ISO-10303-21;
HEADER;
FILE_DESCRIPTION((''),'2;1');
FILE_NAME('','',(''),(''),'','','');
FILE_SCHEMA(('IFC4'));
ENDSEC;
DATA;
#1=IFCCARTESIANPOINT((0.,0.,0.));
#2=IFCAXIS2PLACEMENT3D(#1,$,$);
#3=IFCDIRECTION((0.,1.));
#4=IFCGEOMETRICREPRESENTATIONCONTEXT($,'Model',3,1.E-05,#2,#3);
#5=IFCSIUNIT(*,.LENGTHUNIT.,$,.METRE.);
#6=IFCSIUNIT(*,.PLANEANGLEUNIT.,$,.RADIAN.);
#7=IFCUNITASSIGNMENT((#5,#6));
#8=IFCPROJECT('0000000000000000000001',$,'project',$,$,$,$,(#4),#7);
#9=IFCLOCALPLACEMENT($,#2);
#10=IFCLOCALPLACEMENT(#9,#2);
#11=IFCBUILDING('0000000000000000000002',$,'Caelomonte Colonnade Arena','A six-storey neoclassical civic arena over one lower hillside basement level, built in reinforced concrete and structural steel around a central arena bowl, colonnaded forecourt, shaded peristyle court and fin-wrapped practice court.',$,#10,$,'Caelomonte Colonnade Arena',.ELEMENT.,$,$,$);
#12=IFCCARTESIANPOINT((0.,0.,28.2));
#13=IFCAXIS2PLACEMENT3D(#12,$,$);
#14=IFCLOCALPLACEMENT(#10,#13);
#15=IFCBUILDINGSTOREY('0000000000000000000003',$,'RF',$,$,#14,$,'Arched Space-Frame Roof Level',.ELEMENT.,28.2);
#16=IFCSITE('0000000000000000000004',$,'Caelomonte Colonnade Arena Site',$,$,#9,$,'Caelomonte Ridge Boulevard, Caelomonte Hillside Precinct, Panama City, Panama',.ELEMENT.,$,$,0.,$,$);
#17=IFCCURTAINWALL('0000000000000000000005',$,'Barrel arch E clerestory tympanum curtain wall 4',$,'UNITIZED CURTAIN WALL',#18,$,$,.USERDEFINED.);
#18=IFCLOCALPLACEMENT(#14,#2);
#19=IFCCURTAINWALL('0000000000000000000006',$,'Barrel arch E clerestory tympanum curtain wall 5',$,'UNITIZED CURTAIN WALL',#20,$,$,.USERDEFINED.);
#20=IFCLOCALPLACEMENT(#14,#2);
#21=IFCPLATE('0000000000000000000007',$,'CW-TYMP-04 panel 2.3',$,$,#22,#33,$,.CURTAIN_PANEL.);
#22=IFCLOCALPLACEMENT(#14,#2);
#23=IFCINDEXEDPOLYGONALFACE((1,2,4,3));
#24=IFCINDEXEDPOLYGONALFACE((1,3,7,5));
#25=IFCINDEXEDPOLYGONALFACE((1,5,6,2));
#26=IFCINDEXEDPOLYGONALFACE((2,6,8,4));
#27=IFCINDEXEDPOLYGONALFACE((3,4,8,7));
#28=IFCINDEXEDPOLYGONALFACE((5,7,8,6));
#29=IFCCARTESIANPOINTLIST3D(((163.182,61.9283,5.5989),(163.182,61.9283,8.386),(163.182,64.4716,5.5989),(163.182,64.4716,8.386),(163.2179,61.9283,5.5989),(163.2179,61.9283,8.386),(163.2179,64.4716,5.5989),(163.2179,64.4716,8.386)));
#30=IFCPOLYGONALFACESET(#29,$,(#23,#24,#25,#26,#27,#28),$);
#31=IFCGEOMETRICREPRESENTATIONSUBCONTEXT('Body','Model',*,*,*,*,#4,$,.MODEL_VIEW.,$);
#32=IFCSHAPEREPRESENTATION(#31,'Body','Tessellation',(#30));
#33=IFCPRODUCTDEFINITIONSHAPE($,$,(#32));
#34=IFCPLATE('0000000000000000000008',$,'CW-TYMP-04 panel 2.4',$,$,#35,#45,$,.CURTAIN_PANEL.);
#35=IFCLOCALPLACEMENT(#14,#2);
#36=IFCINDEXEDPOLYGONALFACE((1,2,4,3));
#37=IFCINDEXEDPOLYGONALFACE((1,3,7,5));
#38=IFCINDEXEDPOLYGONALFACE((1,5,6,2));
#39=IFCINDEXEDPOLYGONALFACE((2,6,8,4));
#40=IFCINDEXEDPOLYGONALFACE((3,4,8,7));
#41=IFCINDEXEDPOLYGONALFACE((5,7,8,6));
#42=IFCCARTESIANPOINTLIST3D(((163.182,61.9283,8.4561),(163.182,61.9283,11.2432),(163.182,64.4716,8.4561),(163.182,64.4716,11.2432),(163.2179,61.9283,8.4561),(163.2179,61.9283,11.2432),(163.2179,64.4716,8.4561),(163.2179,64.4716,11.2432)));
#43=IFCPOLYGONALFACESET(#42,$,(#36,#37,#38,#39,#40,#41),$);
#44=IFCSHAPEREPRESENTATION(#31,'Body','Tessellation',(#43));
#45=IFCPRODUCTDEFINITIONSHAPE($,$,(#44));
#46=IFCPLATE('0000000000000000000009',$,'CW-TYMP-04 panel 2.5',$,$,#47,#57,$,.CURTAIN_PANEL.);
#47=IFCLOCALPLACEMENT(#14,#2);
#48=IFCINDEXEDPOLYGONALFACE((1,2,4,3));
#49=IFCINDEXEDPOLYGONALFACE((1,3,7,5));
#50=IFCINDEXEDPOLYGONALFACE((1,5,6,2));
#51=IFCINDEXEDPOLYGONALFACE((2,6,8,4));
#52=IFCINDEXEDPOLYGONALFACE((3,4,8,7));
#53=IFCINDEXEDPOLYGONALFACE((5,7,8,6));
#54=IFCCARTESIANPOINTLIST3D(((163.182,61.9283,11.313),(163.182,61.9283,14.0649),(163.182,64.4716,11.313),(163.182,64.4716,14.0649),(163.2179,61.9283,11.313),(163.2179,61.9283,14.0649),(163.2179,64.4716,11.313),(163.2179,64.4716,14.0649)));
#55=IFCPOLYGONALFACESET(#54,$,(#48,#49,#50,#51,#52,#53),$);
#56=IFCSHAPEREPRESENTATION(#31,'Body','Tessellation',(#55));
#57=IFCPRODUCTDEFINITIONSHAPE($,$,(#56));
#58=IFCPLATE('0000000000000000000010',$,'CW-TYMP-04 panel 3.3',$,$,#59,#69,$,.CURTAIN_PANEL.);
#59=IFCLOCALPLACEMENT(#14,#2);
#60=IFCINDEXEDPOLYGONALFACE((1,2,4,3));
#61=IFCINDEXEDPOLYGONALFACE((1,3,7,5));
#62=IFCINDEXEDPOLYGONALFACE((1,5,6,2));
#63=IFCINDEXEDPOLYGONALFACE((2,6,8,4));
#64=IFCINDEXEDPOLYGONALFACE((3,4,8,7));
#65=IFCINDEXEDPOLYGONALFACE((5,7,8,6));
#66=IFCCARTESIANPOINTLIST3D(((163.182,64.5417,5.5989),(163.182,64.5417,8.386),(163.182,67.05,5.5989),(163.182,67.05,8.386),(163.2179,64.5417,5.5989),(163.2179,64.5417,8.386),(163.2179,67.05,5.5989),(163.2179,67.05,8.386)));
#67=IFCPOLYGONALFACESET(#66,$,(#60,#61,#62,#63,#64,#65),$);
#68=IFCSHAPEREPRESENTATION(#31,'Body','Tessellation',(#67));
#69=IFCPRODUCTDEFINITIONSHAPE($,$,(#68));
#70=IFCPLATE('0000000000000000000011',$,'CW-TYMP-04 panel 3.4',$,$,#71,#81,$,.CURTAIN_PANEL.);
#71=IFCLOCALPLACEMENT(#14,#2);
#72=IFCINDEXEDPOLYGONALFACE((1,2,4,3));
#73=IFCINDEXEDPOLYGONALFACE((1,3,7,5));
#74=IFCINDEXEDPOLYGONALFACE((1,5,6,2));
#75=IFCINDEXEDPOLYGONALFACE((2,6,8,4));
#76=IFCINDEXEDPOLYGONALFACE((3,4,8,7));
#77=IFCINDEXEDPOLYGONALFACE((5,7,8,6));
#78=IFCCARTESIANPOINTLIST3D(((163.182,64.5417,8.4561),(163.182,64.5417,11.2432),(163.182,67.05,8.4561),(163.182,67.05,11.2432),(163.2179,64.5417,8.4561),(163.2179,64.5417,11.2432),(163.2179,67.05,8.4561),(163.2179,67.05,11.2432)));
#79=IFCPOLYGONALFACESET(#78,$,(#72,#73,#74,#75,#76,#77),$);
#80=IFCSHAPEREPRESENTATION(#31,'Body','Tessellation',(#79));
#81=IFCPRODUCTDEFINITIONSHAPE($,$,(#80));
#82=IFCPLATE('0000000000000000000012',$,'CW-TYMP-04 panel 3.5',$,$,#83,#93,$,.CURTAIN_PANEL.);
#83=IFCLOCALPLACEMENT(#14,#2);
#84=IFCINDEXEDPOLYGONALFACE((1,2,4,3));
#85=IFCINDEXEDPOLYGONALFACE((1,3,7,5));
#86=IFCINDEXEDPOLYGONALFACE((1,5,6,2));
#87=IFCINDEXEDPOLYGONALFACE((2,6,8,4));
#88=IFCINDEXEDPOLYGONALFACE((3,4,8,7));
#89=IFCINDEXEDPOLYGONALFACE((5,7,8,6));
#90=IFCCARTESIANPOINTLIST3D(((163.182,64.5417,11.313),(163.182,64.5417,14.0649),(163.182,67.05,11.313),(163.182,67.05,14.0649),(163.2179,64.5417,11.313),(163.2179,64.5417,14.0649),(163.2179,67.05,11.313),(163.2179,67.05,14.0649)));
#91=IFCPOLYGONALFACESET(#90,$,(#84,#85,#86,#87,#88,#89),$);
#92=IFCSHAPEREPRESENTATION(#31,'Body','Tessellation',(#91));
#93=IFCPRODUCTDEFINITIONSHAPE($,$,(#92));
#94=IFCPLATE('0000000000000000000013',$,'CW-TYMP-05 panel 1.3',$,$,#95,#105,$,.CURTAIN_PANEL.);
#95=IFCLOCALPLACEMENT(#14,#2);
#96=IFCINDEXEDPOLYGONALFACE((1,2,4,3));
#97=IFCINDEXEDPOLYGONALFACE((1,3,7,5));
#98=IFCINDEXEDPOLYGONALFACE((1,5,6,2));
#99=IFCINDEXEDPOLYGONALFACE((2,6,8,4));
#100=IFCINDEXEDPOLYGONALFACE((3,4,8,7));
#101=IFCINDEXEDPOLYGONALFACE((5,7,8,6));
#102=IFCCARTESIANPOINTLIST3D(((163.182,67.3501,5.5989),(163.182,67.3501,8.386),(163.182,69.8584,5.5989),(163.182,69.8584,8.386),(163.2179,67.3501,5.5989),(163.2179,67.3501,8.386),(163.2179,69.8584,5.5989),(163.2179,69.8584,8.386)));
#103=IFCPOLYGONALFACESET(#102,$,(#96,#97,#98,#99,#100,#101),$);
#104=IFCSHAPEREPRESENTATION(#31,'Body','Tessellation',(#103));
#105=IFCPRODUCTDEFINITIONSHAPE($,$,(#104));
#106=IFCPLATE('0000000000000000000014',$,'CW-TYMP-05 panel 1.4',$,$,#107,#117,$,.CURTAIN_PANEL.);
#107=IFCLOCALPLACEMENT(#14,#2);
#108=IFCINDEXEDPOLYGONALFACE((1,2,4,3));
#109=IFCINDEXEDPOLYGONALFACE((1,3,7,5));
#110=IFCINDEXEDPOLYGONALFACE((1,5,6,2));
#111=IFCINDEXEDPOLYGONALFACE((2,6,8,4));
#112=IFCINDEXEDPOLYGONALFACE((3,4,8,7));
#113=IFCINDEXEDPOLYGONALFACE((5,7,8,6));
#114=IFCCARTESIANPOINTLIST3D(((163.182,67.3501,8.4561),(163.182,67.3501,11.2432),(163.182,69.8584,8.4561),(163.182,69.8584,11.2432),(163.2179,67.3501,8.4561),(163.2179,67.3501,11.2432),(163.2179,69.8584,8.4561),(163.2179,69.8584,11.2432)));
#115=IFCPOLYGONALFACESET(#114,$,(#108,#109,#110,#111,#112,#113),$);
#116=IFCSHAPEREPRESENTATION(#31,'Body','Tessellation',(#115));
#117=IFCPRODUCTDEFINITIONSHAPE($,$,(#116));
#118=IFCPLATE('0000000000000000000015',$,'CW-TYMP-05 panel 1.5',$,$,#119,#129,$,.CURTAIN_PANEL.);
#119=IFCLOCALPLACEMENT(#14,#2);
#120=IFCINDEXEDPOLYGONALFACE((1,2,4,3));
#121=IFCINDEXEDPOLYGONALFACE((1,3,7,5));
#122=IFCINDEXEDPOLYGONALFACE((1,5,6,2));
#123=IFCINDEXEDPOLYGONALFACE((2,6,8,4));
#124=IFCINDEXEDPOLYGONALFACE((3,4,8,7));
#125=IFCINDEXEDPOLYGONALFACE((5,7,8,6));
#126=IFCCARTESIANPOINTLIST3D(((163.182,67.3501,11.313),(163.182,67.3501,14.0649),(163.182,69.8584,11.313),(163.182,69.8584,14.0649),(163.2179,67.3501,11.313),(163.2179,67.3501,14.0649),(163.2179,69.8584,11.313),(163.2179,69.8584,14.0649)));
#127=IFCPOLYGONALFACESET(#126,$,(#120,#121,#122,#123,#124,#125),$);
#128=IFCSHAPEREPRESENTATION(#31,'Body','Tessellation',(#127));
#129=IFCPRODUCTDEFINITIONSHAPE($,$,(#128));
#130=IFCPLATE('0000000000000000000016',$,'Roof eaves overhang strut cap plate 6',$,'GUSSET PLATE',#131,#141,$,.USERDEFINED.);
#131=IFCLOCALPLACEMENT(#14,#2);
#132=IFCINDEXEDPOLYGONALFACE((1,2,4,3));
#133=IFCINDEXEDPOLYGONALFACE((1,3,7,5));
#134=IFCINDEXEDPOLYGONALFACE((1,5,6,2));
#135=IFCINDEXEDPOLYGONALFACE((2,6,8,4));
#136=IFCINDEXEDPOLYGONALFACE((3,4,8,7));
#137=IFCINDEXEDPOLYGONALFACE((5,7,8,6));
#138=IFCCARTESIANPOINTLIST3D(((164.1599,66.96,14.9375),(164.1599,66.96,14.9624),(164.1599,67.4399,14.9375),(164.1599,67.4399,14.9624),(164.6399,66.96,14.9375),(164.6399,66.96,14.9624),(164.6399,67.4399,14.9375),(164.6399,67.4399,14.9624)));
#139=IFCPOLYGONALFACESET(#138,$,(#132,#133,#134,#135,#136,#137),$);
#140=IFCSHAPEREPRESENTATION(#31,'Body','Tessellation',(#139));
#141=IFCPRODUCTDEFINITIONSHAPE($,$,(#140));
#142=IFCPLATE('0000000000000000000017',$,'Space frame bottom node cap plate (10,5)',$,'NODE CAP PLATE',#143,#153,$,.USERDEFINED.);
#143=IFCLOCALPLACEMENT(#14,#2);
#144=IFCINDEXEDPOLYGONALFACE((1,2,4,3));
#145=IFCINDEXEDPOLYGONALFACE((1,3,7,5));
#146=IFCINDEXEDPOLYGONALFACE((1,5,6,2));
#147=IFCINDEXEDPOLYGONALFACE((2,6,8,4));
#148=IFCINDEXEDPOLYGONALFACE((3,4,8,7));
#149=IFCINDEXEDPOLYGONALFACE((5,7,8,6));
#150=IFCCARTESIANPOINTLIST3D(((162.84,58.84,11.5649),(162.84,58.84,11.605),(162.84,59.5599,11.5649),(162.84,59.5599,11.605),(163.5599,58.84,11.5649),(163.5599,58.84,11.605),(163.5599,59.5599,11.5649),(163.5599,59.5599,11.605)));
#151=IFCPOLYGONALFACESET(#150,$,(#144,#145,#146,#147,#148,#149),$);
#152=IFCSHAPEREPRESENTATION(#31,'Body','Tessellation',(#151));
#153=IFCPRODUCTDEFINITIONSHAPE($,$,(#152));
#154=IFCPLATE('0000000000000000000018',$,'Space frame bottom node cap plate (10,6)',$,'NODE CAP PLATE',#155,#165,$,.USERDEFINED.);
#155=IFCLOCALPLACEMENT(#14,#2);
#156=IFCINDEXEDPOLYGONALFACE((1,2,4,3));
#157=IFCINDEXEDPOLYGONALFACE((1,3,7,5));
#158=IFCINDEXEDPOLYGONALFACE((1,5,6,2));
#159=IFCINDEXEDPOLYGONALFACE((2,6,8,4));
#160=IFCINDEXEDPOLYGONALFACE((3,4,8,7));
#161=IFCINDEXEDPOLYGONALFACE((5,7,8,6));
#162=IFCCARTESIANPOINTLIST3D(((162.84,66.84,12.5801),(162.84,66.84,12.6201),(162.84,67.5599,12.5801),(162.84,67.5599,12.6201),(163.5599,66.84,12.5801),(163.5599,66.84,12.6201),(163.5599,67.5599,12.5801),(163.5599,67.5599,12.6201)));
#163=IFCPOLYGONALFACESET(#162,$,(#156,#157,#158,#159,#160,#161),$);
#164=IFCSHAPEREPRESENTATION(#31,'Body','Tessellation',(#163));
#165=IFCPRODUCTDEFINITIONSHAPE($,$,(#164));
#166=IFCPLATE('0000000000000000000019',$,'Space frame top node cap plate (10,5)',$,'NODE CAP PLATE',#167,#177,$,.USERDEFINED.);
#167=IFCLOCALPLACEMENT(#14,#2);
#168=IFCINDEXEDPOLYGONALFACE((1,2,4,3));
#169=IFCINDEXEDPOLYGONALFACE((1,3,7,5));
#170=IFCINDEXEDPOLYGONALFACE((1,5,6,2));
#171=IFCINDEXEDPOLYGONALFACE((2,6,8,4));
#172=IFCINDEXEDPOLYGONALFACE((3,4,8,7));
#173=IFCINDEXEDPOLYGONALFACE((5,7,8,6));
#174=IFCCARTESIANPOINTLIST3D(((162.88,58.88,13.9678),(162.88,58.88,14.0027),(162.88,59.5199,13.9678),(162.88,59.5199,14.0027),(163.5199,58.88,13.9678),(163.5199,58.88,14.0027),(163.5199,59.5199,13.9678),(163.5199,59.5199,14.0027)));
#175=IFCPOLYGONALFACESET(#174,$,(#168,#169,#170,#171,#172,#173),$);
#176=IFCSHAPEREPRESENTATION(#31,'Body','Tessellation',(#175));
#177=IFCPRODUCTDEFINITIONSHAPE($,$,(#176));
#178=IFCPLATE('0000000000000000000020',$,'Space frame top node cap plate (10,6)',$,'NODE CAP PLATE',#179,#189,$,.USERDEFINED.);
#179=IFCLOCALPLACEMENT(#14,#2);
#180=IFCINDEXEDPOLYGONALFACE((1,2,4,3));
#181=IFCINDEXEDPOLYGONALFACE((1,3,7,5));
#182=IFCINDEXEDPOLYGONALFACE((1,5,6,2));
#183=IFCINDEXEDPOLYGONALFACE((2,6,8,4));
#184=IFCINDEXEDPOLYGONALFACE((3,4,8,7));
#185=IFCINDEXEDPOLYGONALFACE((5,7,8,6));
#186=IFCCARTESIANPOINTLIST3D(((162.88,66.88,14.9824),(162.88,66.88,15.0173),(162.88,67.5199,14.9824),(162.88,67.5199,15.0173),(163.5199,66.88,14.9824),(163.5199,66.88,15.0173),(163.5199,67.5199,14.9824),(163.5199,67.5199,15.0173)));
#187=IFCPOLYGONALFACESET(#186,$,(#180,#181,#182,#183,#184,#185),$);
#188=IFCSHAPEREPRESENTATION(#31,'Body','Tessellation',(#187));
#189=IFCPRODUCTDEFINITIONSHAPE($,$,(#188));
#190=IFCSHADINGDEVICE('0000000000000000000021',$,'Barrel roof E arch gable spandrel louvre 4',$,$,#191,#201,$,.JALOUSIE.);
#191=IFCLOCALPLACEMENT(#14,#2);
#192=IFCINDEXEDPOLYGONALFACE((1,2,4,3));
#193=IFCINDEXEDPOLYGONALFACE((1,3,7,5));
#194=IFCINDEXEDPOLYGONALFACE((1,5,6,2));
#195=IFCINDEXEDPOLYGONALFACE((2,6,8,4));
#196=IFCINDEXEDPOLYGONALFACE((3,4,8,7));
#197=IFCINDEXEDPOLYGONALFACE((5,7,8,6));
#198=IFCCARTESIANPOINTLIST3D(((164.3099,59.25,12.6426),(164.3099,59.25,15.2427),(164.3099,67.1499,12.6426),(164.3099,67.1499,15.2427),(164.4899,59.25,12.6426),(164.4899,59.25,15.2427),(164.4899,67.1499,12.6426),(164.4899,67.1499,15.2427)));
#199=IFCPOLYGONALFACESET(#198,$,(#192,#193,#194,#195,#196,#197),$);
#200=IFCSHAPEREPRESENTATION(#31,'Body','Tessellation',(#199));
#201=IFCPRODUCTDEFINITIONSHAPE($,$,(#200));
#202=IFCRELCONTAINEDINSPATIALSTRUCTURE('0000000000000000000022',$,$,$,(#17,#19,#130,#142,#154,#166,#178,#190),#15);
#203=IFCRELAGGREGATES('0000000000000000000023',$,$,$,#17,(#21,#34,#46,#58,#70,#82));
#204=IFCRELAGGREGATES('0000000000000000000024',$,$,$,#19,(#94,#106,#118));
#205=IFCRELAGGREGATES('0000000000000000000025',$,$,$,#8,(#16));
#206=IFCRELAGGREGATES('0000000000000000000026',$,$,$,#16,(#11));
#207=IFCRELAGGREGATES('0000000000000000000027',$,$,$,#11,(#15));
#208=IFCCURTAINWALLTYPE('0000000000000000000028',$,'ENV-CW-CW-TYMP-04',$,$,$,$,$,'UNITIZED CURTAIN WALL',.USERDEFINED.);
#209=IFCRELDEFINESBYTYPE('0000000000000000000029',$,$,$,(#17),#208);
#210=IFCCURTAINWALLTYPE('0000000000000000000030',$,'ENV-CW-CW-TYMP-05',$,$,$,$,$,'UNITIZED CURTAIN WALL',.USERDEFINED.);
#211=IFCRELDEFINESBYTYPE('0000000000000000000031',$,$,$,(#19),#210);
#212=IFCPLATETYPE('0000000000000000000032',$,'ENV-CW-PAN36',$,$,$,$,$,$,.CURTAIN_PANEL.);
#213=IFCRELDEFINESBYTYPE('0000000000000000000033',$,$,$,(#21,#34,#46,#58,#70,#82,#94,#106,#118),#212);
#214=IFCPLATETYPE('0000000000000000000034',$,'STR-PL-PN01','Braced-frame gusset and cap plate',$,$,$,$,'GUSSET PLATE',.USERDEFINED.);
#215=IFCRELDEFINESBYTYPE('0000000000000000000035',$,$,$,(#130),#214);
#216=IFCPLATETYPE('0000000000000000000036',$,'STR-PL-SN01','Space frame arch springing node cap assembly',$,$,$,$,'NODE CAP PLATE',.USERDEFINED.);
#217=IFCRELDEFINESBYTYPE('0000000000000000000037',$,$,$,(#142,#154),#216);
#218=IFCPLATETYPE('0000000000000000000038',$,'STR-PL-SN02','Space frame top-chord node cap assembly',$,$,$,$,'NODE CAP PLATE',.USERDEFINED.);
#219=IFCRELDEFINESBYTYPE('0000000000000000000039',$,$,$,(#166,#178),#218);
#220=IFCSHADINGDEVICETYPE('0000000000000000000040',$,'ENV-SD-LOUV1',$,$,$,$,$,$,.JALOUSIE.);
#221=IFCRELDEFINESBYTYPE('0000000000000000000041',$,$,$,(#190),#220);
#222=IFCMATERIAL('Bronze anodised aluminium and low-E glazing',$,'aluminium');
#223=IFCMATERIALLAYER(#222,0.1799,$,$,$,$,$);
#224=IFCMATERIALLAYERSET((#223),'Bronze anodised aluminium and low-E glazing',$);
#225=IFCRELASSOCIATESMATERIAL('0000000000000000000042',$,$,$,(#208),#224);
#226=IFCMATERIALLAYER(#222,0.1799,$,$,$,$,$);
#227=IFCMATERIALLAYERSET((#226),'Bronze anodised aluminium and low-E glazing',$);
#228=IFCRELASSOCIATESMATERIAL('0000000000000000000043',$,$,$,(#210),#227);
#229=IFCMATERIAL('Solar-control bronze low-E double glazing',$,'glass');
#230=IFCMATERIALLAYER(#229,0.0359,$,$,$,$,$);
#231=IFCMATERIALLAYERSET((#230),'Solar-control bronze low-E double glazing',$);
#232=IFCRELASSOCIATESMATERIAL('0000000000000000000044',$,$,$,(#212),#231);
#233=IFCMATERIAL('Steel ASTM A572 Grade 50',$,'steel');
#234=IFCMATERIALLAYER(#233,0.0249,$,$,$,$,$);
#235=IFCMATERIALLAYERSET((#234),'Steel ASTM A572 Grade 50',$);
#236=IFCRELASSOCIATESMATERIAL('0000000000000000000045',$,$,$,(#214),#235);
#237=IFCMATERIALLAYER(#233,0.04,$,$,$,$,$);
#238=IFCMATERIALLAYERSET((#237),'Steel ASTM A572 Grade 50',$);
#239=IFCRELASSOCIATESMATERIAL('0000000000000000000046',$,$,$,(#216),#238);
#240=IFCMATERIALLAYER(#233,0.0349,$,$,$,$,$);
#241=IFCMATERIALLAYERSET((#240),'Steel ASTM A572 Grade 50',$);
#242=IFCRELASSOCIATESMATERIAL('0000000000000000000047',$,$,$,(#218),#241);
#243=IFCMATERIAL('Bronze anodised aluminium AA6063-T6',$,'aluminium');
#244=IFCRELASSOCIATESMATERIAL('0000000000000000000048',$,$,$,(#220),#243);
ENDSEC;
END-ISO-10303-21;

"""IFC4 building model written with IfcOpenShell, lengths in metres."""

from ifc_helpers import new_model, si_unit, direction, frame, origin, origin_2d, place, context, subcontext, project, spatial, rectangle, extrude, material, layer, layer_set, type_object, element, aggregate, save


model = new_model("IFC4")

# Units and contexts
model_context = context("Model", 3, precision=1e-05, world=origin(), true_north=direction((0.0, 1.0)))
body_context = subcontext(model_context, "Body", "Model", "MODEL_VIEW")
ifc_project = project(units=[si_unit("LENGTHUNIT", "METRE"), si_unit("PLANEANGLEUNIT", "RADIAN")], contexts=[model_context])

# Site, building, storey
site_placement = place(None, origin())
site = spatial("IfcSite", under=ifc_project, at=site_placement, Name="Caelomonte Colonnade Arena Site", LongName="Caelomonte Ridge Boulevard, Caelomonte Hillside Precinct, Panama City, Panama", CompositionType="ELEMENT", RefElevation=0.0)
building_placement = place(site_placement, origin())
building = spatial("IfcBuilding", under=site, at=building_placement, Name="Caelomonte Colonnade Arena", Description="A six-storey neoclassical civic arena over one lower hillside basement level, built in reinforced concrete and structural steel around a central arena bowl, colonnaded forecourt, shaded peristyle court and fin-wrapped practice court.", LongName="Caelomonte Colonnade Arena", CompositionType="ELEMENT")
storey_placement = place(building_placement, frame((0.0, 0.0, 28.2)))
storey = spatial("IfcBuildingStorey", under=building, at=storey_placement, Name="RF", LongName="Arched Space-Frame Roof Level", CompositionType="ELEMENT", Elevation=28.2)

# Curtain walls
ifc_material_1 = material(Name="Bronze anodised aluminium and low-E glazing", Category="aluminium")
ifc_layer_1 = layer(ifc_material_1, 0.1799)
ifc_layer_set_1 = layer_set([ifc_layer_1], Name="Bronze anodised aluminium and low-E glazing")
curtain_wall_type_1 = type_object("IfcCurtainWallType", Name="ENV-CW-CW-TYMP-04", ElementType="UNITIZED CURTAIN WALL", PredefinedType="USERDEFINED", material=ifc_layer_set_1)
curtain_wall_1_placement = place(storey_placement, origin())
curtain_wall_1 = element("IfcCurtainWall", 1, at=curtain_wall_1_placement, inside=storey, type_object=curtain_wall_type_1, Name="Barrel arch E clerestory tympanum curtain wall 4", ObjectType="UNITIZED CURTAIN WALL", PredefinedType="USERDEFINED")
ifc_material_2 = material(Name="Bronze anodised aluminium AA6063-T6", Category="aluminium")
ifc_layer_2 = layer(ifc_material_1, 0.1799)
ifc_layer_set_2 = layer_set([ifc_layer_2], Name="Bronze anodised aluminium and low-E glazing")
curtain_wall_type_2 = type_object("IfcCurtainWallType", Name="ENV-CW-CW-TYMP-05", ElementType="UNITIZED CURTAIN WALL", PredefinedType="USERDEFINED", material=ifc_layer_set_2)
curtain_wall_2_placement = place(storey_placement, origin())
curtain_wall_2 = element("IfcCurtainWall", 2, at=curtain_wall_2_placement, inside=storey, type_object=curtain_wall_type_2, Name="Barrel arch E clerestory tympanum curtain wall 5", ObjectType="UNITIZED CURTAIN WALL", PredefinedType="USERDEFINED")

# Plates
ifc_material_3 = material(Name="Solar-control bronze low-E double glazing", Category="glass")
ifc_layer_3 = layer(ifc_material_3, 0.0359)
ifc_layer_set_3 = layer_set([ifc_layer_3], Name="Solar-control bronze low-E double glazing")
plate_type_1 = type_object("IfcPlateType", Name="ENV-CW-PAN36", PredefinedType="CURTAIN_PANEL", material=ifc_layer_set_3)
plate_1_placement = place(storey_placement, frame((163.2, 63.2, 5.5989), z_axis=(0.0, 0.0, 1.0), x_axis=(0.0, 1.0, 0.0)))
plate_1 = element("IfcPlate", 3, at=plate_1_placement, type_object=plate_type_1, Name="CW-TYMP-04 panel 2.3", PredefinedType="CURTAIN_PANEL", context=body_context, shape_type="SweptSolid", body=[
    extrude(rectangle(XDim=2.5432, YDim=0.0359, at=origin_2d()), origin(), (0.0, 0.0, 1.0), 2.7871),
])
plate_2_placement = place(storey_placement, frame((163.2, 63.2, 8.4561), z_axis=(0.0, 0.0, 1.0), x_axis=(0.0, 1.0, 0.0)))
plate_2 = element("IfcPlate", 4, at=plate_2_placement, type_object=plate_type_1, Name="CW-TYMP-04 panel 2.4", PredefinedType="CURTAIN_PANEL", context=body_context, shape_type="SweptSolid", body=[
    extrude(rectangle(XDim=2.5432, YDim=0.0359, at=origin_2d()), origin(), (0.0, 0.0, 1.0), 2.7871),
])
plate_3_placement = place(storey_placement, frame((163.2, 63.2, 11.313), z_axis=(0.0, 0.0, 1.0), x_axis=(0.0, 1.0, 0.0)))
plate_3 = element("IfcPlate", 5, at=plate_3_placement, type_object=plate_type_1, Name="CW-TYMP-04 panel 2.5", PredefinedType="CURTAIN_PANEL", context=body_context, shape_type="SweptSolid", body=[
    extrude(rectangle(XDim=2.5432, YDim=0.0359, at=origin_2d()), origin(), (0.0, 0.0, 1.0), 2.752),
])
plate_4_placement = place(storey_placement, frame((163.2, 65.7959, 5.5989), z_axis=(0.0, 0.0, 1.0), x_axis=(0.0, 1.0, 0.0)))
plate_4 = element("IfcPlate", 6, at=plate_4_placement, type_object=plate_type_1, Name="CW-TYMP-04 panel 3.3", PredefinedType="CURTAIN_PANEL", context=body_context, shape_type="SweptSolid", body=[
    extrude(rectangle(XDim=2.5083, YDim=0.0359, at=origin_2d()), origin(), (0.0, 0.0, 1.0), 2.7871),
])
plate_5_placement = place(storey_placement, frame((163.2, 65.7959, 8.4561), z_axis=(0.0, 0.0, 1.0), x_axis=(0.0, 1.0, 0.0)))
plate_5 = element("IfcPlate", 7, at=plate_5_placement, type_object=plate_type_1, Name="CW-TYMP-04 panel 3.4", PredefinedType="CURTAIN_PANEL", context=body_context, shape_type="SweptSolid", body=[
    extrude(rectangle(XDim=2.5083, YDim=0.0359, at=origin_2d()), origin(), (0.0, 0.0, 1.0), 2.7871),
])
plate_6_placement = place(storey_placement, frame((163.2, 65.7959, 11.313), z_axis=(0.0, 0.0, 1.0), x_axis=(0.0, 1.0, 0.0)))
plate_6 = element("IfcPlate", 8, at=plate_6_placement, type_object=plate_type_1, Name="CW-TYMP-04 panel 3.5", PredefinedType="CURTAIN_PANEL", context=body_context, shape_type="SweptSolid", body=[
    extrude(rectangle(XDim=2.5083, YDim=0.0359, at=origin_2d()), origin(), (0.0, 0.0, 1.0), 2.752),
])
aggregate(curtain_wall_1, [plate_1, plate_2, plate_3, plate_4, plate_5, plate_6])
plate_7_placement = place(storey_placement, frame((163.2, 68.6042, 5.5989), z_axis=(0.0, 0.0, 1.0), x_axis=(0.0, 1.0, 0.0)))
plate_7 = element("IfcPlate", 9, at=plate_7_placement, type_object=plate_type_1, Name="CW-TYMP-05 panel 1.3", PredefinedType="CURTAIN_PANEL", context=body_context, shape_type="SweptSolid", body=[
    extrude(rectangle(XDim=2.5083, YDim=0.0359, at=origin_2d()), origin(), (0.0, 0.0, 1.0), 2.7871),
])
plate_8_placement = place(storey_placement, frame((163.2, 68.6042, 8.4561), z_axis=(0.0, 0.0, 1.0), x_axis=(0.0, 1.0, 0.0)))
plate_8 = element("IfcPlate", 10, at=plate_8_placement, type_object=plate_type_1, Name="CW-TYMP-05 panel 1.4", PredefinedType="CURTAIN_PANEL", context=body_context, shape_type="SweptSolid", body=[
    extrude(rectangle(XDim=2.5083, YDim=0.0359, at=origin_2d()), origin(), (0.0, 0.0, 1.0), 2.7871),
])
plate_9_placement = place(storey_placement, frame((163.2, 68.6042, 11.313), z_axis=(0.0, 0.0, 1.0), x_axis=(0.0, 1.0, 0.0)))
plate_9 = element("IfcPlate", 11, at=plate_9_placement, type_object=plate_type_1, Name="CW-TYMP-05 panel 1.5", PredefinedType="CURTAIN_PANEL", context=body_context, shape_type="SweptSolid", body=[
    extrude(rectangle(XDim=2.5083, YDim=0.0359, at=origin_2d()), origin(), (0.0, 0.0, 1.0), 2.752),
])
aggregate(curtain_wall_2, [plate_7, plate_8, plate_9])

# Plates
ifc_material_4 = material(Name="Steel ASTM A572 Grade 50", Category="steel")
ifc_layer_4 = layer(ifc_material_4, 0.0249)
ifc_layer_set_4 = layer_set([ifc_layer_4], Name="Steel ASTM A572 Grade 50")
plate_type_2 = type_object("IfcPlateType", Name="STR-PL-PN01", Description="Braced-frame gusset and cap plate", ElementType="GUSSET PLATE", PredefinedType="USERDEFINED", material=ifc_layer_set_4)
plate_10_placement = place(storey_placement, frame((164.3999, 67.2, 14.9375), z_axis=(0.0, 0.0, 1.0), x_axis=(1.0, 0.0, 0.0)))
element("IfcPlate", 12, at=plate_10_placement, inside=storey, type_object=plate_type_2, Name="Roof eaves overhang strut cap plate 6", ObjectType="GUSSET PLATE", PredefinedType="USERDEFINED", context=body_context, shape_type="SweptSolid", body=[
    extrude(rectangle(XDim=0.48, YDim=0.48, at=origin_2d()), origin(), (0.0, 0.0, 1.0), 0.0249),
])
ifc_layer_5 = layer(ifc_material_4, 0.04)
ifc_layer_set_5 = layer_set([ifc_layer_5], Name="Steel ASTM A572 Grade 50")
plate_type_3 = type_object("IfcPlateType", Name="STR-PL-SN01", Description="Space frame arch springing node cap assembly", ElementType="NODE CAP PLATE", PredefinedType="USERDEFINED", material=ifc_layer_set_5)
for number, where, z_axis, x_axis, name in (
    (13, (163.2, 59.2, 11.5649), (0.0, 0.0, 1.0), (1.0, 0.0, 0.0), "Space frame bottom node cap plate (10,5)"),
    (14, (163.2, 67.2, 12.5801), (0.0, 0.0, 1.0), (1.0, 0.0, 0.0), "Space frame bottom node cap plate (10,6)"),
):
    element("IfcPlate", number, at=place(storey_placement, frame(where, z_axis=z_axis, x_axis=x_axis)), inside=storey, type_object=plate_type_3, Name=name, ObjectType="NODE CAP PLATE", PredefinedType="USERDEFINED", context=body_context, shape_type="SweptSolid", body=[
        extrude(rectangle(XDim=0.72, YDim=0.72, at=origin_2d()), origin(), (0.0, 0.0, 1.0), 0.04),
    ])
ifc_layer_6 = layer(ifc_material_4, 0.0349)
ifc_layer_set_6 = layer_set([ifc_layer_6], Name="Steel ASTM A572 Grade 50")
plate_type_4 = type_object("IfcPlateType", Name="STR-PL-SN02", Description="Space frame top-chord node cap assembly", ElementType="NODE CAP PLATE", PredefinedType="USERDEFINED", material=ifc_layer_set_6)
for number, where, z_axis, x_axis, name in (
    (15, (163.2, 59.2, 13.9678), (0.0, 0.0, 1.0), (1.0, 0.0, 0.0), "Space frame top node cap plate (10,5)"),
    (16, (163.2, 67.2, 14.9824), (0.0, 0.0, 1.0), (1.0, 0.0, 0.0), "Space frame top node cap plate (10,6)"),
):
    element("IfcPlate", number, at=place(storey_placement, frame(where, z_axis=z_axis, x_axis=x_axis)), inside=storey, type_object=plate_type_4, Name=name, ObjectType="NODE CAP PLATE", PredefinedType="USERDEFINED", context=body_context, shape_type="SweptSolid", body=[
        extrude(rectangle(XDim=0.6399, YDim=0.6399, at=origin_2d()), origin(), (0.0, 0.0, 1.0), 0.0349),
    ])

# Shading device
shading_device_type = type_object("IfcShadingDeviceType", Name="ENV-SD-LOUV1", PredefinedType="JALOUSIE", material=ifc_material_2)
shading_device_placement = place(storey_placement, frame((164.3999, 63.2, 12.6426), z_axis=(0.0, 0.0, 1.0), x_axis=(1.0, 0.0, 0.0)))
element("IfcShadingDevice", 17, at=shading_device_placement, inside=storey, type_object=shading_device_type, Name="Barrel roof E arch gable spandrel louvre 4", PredefinedType="JALOUSIE", context=body_context, shape_type="SweptSolid", body=[
    extrude(rectangle(XDim=0.1799, YDim=7.8999, at=origin_2d()), origin(), (0.0, 0.0, 1.0), 2.6001),
])

save(model, "model.ifc")
